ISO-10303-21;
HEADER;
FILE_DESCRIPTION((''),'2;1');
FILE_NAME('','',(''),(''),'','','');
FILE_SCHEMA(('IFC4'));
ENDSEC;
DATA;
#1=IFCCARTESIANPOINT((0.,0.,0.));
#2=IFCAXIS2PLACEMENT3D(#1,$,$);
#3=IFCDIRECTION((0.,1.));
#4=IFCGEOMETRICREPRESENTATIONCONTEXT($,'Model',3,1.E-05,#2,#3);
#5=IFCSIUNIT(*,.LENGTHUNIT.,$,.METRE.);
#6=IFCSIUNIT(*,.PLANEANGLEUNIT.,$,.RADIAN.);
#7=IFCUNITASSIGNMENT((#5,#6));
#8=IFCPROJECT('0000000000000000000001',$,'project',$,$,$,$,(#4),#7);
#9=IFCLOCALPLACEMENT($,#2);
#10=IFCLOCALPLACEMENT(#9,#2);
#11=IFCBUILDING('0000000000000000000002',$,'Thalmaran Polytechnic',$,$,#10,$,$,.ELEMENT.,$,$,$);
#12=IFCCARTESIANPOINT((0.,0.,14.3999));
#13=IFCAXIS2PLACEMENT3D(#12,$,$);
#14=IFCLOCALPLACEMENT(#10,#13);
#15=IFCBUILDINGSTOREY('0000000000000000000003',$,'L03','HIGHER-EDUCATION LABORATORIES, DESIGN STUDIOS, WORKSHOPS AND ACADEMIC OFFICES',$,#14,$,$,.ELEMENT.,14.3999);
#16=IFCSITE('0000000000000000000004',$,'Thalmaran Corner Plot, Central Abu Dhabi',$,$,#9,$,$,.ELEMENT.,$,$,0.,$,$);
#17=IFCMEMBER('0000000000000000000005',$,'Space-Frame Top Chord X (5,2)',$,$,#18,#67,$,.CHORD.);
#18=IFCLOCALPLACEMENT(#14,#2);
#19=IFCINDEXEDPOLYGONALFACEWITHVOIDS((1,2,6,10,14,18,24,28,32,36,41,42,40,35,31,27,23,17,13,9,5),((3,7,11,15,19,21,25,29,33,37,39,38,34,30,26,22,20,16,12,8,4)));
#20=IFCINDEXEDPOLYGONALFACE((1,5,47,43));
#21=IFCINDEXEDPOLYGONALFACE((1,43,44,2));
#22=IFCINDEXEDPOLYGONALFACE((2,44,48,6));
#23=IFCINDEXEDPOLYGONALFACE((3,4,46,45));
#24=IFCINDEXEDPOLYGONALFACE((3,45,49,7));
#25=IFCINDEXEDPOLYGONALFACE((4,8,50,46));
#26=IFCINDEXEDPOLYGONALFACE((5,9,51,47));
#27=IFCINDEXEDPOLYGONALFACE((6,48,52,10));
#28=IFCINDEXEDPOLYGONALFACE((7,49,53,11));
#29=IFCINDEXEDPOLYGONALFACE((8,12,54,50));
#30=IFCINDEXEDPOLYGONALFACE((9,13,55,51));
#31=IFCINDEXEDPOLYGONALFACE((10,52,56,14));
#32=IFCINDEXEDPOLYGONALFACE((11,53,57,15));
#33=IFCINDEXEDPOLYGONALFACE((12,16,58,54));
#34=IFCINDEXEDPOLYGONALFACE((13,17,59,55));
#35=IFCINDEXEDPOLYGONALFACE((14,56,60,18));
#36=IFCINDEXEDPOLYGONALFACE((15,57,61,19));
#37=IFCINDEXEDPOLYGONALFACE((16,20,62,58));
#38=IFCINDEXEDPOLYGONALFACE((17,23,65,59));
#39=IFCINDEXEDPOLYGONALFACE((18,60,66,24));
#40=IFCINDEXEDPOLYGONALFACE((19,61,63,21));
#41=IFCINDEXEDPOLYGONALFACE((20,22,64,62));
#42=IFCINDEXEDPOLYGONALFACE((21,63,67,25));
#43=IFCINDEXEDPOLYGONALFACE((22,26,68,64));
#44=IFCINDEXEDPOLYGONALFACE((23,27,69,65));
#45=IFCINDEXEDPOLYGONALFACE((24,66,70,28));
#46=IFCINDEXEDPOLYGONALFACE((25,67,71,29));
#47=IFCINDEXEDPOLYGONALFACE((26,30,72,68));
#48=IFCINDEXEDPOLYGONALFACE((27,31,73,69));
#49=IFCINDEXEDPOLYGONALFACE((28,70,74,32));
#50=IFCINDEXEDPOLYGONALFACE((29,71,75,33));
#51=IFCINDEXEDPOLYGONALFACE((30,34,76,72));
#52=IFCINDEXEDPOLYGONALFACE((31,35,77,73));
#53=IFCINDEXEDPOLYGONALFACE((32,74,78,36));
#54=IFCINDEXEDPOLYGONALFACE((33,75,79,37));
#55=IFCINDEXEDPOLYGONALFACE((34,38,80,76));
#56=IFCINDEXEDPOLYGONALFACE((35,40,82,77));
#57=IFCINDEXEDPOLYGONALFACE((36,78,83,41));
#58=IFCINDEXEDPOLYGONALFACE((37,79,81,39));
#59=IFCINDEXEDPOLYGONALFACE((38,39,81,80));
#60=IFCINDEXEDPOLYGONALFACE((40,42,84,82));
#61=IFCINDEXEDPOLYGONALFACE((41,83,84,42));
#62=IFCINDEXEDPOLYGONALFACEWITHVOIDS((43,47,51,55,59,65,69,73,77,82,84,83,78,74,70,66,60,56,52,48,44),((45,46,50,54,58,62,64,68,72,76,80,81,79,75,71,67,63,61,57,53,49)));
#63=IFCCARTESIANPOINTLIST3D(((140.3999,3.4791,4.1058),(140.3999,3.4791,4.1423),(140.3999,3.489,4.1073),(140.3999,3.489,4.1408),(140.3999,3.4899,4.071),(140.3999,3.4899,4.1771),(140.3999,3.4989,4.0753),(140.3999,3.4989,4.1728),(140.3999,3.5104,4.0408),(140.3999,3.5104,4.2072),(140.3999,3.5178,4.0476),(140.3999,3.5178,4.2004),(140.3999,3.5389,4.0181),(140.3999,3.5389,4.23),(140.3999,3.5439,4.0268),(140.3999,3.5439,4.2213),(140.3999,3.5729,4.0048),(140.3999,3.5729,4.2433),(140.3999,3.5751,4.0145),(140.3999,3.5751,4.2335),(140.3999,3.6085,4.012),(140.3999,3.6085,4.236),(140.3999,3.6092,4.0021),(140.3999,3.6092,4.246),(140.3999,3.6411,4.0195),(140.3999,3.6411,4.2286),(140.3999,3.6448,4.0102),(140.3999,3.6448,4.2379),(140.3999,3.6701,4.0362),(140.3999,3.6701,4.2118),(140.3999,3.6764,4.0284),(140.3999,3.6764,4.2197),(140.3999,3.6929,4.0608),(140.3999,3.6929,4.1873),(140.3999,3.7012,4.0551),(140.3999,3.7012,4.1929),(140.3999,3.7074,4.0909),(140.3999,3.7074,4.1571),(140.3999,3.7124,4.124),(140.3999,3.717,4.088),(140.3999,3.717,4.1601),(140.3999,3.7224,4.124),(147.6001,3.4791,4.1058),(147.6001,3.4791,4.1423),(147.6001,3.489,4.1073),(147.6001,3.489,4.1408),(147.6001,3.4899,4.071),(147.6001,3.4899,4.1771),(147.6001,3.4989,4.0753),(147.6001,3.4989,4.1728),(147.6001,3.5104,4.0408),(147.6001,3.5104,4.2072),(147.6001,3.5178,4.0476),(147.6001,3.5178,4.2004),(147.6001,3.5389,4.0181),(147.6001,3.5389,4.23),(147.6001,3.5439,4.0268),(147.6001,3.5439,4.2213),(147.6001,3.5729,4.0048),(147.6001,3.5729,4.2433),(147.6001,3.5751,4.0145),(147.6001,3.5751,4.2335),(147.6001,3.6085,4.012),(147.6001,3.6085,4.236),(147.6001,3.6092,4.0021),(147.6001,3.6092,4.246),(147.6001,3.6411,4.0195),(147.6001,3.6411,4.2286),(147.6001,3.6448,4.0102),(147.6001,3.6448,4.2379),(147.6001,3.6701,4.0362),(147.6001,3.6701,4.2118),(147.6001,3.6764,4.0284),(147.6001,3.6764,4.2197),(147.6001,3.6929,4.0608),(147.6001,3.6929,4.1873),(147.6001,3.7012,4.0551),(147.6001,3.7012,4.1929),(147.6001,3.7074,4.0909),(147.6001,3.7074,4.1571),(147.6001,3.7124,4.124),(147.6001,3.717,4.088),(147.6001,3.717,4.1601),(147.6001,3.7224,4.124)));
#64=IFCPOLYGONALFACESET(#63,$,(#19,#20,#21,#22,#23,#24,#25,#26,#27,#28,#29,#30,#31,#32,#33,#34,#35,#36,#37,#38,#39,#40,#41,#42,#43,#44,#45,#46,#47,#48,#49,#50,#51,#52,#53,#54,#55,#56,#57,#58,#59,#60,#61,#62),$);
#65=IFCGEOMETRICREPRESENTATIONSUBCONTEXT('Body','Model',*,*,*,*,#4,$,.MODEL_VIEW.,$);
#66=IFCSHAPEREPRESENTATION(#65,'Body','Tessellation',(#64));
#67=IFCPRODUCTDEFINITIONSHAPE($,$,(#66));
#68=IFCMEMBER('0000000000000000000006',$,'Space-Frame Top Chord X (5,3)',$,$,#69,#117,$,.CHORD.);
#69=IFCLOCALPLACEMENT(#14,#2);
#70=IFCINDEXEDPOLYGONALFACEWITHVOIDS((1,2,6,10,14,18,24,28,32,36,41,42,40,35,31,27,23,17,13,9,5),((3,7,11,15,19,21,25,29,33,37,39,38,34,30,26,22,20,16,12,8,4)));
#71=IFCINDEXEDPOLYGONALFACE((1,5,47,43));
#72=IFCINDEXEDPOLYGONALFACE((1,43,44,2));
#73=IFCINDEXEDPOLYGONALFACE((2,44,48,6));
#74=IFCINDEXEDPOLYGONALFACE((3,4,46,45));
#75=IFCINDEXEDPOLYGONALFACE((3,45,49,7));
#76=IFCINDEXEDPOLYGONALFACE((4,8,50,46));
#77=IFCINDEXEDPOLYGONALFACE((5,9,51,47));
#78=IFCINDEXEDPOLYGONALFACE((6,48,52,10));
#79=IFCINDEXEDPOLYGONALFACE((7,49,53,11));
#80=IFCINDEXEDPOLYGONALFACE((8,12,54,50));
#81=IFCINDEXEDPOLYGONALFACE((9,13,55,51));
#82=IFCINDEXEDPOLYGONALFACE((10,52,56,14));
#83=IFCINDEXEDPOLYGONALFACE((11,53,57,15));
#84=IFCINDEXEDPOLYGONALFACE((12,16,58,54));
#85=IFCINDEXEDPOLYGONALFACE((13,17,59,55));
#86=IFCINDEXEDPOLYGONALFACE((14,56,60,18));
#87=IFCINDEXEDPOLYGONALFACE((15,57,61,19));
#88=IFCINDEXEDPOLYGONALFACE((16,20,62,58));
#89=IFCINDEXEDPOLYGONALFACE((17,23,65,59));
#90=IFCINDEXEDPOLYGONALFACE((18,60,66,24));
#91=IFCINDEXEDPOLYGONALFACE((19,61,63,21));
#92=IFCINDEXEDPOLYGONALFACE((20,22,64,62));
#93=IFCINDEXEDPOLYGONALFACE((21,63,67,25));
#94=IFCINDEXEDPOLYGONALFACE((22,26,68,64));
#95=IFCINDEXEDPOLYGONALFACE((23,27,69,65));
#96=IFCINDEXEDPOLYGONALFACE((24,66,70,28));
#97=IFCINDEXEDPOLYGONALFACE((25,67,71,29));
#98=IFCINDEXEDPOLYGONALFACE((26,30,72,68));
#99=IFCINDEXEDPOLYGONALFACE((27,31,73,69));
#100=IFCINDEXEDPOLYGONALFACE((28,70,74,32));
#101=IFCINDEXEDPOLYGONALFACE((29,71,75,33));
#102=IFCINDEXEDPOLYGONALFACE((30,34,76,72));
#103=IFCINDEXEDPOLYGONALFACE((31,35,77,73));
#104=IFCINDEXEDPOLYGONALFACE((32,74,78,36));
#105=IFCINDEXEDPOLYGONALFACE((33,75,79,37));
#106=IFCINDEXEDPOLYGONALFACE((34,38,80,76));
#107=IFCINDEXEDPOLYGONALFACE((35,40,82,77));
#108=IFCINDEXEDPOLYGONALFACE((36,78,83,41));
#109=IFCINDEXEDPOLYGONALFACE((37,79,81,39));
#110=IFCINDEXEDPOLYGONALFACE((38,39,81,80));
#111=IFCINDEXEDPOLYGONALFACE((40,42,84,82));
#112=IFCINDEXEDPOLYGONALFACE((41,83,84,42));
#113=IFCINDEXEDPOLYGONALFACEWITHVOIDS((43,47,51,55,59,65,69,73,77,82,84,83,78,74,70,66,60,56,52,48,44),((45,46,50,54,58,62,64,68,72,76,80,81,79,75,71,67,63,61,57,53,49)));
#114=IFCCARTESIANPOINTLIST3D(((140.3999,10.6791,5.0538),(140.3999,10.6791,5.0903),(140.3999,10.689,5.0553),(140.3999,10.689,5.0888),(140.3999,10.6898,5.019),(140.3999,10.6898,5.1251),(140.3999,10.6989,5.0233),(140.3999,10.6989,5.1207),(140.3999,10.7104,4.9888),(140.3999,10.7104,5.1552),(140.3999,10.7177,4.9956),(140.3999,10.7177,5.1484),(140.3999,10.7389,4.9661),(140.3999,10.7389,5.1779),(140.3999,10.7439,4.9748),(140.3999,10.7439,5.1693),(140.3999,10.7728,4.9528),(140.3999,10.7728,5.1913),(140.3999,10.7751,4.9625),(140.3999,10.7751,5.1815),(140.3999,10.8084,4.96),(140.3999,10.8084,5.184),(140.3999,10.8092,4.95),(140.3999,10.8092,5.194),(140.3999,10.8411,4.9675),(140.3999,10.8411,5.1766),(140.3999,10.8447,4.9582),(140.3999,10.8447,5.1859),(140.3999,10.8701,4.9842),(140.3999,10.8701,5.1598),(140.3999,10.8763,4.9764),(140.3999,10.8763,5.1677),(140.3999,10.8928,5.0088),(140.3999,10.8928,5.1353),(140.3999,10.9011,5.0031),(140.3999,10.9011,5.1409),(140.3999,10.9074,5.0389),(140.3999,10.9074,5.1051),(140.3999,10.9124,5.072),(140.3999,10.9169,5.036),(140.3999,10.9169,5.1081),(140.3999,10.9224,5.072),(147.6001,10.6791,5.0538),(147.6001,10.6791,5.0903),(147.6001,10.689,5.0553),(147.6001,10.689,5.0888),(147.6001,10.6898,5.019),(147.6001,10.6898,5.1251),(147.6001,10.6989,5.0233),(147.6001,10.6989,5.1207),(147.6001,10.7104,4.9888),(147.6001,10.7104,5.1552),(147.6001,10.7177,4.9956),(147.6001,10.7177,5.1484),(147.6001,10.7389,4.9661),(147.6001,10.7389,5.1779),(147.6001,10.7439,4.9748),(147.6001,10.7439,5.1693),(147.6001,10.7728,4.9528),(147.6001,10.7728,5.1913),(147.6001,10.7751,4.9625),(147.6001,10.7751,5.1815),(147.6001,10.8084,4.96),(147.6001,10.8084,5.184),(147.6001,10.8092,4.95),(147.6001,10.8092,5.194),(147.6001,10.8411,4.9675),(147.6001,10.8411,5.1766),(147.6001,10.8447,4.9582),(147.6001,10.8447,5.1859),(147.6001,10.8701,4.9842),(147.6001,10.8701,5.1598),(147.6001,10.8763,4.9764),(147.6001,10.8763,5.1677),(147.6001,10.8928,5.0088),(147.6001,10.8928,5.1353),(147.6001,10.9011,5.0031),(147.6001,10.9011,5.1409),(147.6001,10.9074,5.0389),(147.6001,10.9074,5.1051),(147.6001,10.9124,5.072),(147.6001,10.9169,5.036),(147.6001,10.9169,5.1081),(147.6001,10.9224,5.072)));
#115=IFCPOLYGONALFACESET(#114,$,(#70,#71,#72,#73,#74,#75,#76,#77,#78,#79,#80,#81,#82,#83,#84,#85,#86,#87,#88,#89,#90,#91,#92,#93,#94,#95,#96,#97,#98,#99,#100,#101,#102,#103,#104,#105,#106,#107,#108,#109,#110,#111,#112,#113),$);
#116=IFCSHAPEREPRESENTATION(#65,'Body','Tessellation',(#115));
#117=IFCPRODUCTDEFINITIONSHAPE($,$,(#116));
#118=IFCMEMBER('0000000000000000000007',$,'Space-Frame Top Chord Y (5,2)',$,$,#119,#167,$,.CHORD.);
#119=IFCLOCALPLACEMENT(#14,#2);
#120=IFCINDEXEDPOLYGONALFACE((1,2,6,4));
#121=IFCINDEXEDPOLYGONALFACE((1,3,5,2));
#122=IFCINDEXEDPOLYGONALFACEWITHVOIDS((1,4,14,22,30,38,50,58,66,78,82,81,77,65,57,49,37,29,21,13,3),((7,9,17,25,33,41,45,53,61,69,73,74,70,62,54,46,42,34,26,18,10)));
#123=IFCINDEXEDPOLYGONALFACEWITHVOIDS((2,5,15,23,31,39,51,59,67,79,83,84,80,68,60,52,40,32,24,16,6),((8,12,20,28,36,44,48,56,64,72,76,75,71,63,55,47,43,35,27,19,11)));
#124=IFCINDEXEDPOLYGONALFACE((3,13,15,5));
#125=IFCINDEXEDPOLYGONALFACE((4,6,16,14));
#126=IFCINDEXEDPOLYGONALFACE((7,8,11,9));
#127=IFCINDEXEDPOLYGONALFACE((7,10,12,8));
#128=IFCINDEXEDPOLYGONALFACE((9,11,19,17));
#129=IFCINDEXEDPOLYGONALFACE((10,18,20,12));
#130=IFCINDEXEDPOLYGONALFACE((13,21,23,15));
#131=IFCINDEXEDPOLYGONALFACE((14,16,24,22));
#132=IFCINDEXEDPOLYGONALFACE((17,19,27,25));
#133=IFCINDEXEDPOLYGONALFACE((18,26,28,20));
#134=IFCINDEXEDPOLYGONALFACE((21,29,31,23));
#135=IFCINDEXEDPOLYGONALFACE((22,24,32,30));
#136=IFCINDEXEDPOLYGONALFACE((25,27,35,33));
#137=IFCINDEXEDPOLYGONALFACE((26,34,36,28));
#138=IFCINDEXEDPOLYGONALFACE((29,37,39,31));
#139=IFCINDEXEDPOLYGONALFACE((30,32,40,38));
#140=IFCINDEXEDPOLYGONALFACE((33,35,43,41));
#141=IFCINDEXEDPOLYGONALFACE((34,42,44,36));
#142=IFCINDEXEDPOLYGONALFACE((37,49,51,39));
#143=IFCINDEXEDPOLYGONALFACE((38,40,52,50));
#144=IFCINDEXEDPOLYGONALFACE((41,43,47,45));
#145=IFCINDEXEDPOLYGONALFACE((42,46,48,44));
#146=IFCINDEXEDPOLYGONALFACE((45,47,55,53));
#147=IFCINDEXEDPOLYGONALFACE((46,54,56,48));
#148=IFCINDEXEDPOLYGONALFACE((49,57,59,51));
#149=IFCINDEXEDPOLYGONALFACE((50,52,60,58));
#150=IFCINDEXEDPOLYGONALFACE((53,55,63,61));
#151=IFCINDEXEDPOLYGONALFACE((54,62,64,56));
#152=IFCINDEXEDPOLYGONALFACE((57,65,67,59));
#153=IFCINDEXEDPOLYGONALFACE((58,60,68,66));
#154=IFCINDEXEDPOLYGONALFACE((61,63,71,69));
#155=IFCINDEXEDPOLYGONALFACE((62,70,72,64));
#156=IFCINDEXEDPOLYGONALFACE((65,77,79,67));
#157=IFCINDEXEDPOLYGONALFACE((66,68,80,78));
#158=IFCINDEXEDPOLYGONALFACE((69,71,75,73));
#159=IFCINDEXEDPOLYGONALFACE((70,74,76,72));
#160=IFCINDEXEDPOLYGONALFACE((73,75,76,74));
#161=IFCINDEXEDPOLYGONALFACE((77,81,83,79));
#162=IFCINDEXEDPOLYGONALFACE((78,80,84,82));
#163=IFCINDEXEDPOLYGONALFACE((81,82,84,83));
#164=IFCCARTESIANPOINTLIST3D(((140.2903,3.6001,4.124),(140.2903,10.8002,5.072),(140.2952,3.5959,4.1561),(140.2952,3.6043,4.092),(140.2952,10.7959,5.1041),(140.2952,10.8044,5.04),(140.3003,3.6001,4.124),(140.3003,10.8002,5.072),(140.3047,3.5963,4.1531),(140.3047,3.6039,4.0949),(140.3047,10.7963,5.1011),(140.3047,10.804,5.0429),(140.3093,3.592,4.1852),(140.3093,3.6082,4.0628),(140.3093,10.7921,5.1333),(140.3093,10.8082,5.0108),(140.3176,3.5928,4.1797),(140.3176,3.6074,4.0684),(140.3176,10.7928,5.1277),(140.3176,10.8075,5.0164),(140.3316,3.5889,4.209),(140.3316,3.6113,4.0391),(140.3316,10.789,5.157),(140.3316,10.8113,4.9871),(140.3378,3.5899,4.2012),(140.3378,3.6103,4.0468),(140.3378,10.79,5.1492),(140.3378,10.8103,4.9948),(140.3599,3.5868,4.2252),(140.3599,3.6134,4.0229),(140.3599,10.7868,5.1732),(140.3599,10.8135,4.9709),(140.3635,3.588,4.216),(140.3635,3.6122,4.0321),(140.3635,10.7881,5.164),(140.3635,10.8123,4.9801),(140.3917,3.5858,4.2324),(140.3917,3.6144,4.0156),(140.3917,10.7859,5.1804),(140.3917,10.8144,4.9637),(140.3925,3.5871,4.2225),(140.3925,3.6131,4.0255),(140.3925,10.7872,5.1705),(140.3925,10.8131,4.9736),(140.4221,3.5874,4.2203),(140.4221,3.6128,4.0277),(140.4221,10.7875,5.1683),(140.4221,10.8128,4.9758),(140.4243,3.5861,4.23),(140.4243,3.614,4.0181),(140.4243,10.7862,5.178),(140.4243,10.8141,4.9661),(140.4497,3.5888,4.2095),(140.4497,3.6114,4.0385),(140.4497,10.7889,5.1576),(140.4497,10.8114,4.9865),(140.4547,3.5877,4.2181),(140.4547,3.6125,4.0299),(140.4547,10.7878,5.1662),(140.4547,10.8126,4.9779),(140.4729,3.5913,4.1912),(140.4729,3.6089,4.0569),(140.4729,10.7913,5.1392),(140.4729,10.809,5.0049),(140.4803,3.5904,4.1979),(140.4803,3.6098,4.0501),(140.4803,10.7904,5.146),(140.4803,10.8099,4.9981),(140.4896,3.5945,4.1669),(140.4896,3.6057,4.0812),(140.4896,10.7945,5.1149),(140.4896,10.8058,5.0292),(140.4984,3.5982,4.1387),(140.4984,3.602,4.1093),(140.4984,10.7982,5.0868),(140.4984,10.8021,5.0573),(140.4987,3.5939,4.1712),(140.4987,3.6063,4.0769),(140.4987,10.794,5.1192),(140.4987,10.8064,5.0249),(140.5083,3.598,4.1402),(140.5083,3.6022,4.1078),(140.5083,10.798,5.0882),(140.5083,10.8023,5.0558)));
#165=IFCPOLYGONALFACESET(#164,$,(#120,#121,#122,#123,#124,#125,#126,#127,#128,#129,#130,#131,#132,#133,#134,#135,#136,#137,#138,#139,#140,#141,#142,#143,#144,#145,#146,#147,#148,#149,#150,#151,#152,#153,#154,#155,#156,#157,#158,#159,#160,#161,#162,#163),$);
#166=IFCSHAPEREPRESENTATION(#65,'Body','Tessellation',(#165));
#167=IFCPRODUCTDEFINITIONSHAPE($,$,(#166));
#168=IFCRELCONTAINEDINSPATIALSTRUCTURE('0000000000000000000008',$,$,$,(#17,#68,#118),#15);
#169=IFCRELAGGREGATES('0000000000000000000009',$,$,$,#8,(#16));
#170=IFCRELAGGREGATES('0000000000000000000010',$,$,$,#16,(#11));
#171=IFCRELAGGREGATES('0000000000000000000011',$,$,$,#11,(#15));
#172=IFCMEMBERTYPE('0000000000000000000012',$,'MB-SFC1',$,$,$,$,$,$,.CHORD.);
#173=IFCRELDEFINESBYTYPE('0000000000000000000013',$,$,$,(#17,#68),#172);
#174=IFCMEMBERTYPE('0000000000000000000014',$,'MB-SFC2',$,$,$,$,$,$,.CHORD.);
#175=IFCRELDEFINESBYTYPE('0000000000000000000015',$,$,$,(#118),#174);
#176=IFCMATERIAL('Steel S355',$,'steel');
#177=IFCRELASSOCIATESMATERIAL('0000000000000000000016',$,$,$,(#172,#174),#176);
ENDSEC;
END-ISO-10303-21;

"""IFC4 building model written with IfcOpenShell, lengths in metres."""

from ifc_helpers import new_model, si_unit, direction, frame, origin, origin_2d, place, context, subcontext, project, spatial, hollow_circle, extrude, material, material_profile, profile_set, type_object, element, save


model = new_model("IFC4")

# Units and contexts
model_context = context("Model", 3, precision=1e-05, world=origin(), true_north=direction((0.0, 1.0)))
body_context = subcontext(model_context, "Body", "Model", "MODEL_VIEW")
ifc_project = project(units=[si_unit("LENGTHUNIT", "METRE"), si_unit("PLANEANGLEUNIT", "RADIAN")], contexts=[model_context])

# Site, building, storey
site_placement = place(None, origin())
site = spatial("IfcSite", under=ifc_project, at=site_placement, Name="Thalmaran Corner Plot, Central Abu Dhabi", CompositionType="ELEMENT", RefElevation=0.0)
building_placement = place(site_placement, origin())
building = spatial("IfcBuilding", under=site, at=building_placement, Name="Thalmaran Polytechnic", CompositionType="ELEMENT")
storey_placement = place(building_placement, frame((0.0, 0.0, 14.3999)))
storey = spatial("IfcBuildingStorey", under=building, at=storey_placement, Name="L03", Description="HIGHER-EDUCATION LABORATORIES, DESIGN STUDIOS, WORKSHOPS AND ACADEMIC OFFICES", CompositionType="ELEMENT", Elevation=14.3999)

# Members
ifc_material_1 = material(Name="Steel S355", Category="steel")
ifc_material_profile_1 = material_profile(ifc_material_1, hollow_circle(Radius=0.1223, WallThickness=0.01, at=origin_2d()), Name="CHS 244.5x10.0")
ifc_profile_set_1 = profile_set([ifc_material_profile_1], Name="Steel S355")
member_type_1 = type_object("IfcMemberType", Name="MB-SFC1", PredefinedType="CHORD", material=ifc_profile_set_1)
for number, where, z_axis, x_axis, name in (
    (1, (140.3999, 3.6001, 4.124), (1.0, 0.0, 0.0), (0.0, 1.0, 0.0), "Space-Frame Top Chord X (5,2)"),
    (2, (140.3999, 10.8, 5.072), (1.0, 0.0, 0.0), (0.0, 1.0, 0.0), "Space-Frame Top Chord X (5,3)"),
):
    element("IfcMember", number, at=place(storey_placement, frame(where, z_axis=z_axis, x_axis=x_axis)), inside=storey, type_object=member_type_1, Name=name, PredefinedType="CHORD", context=body_context, shape_type="SweptSolid", body=[
        extrude(hollow_circle(Radius=0.1223, WallThickness=0.01, at=origin_2d()), origin(), (0.0, 0.0, 1.0), 7.2002),
    ])
ifc_material_profile_2 = material_profile(ifc_material_1, hollow_circle(Radius=0.1096, WallThickness=0.01, at=origin_2d()), Name="CHS 219.1x10.0")
ifc_profile_set_2 = profile_set([ifc_material_profile_2], Name="Steel S355")
member_type_2 = type_object("IfcMemberType", Name="MB-SFC2", PredefinedType="CHORD", material=ifc_profile_set_2)
member_1_placement = place(storey_placement, frame((140.3999, 3.6001, 4.124), z_axis=(0.0, 0.991443, 0.130541), x_axis=(-1.0, 0.0, 0.0)))
element("IfcMember", 3, at=member_1_placement, inside=storey, type_object=member_type_2, Name="Space-Frame Top Chord Y (5,2)", PredefinedType="CHORD", context=body_context, shape_type="SweptSolid", body=[
    extrude(hollow_circle(Radius=0.1096, WallThickness=0.01, at=origin_2d()), origin(), (0.0, 0.0, 1.0), 7.2622),
])

save(model, "model.ifc")
